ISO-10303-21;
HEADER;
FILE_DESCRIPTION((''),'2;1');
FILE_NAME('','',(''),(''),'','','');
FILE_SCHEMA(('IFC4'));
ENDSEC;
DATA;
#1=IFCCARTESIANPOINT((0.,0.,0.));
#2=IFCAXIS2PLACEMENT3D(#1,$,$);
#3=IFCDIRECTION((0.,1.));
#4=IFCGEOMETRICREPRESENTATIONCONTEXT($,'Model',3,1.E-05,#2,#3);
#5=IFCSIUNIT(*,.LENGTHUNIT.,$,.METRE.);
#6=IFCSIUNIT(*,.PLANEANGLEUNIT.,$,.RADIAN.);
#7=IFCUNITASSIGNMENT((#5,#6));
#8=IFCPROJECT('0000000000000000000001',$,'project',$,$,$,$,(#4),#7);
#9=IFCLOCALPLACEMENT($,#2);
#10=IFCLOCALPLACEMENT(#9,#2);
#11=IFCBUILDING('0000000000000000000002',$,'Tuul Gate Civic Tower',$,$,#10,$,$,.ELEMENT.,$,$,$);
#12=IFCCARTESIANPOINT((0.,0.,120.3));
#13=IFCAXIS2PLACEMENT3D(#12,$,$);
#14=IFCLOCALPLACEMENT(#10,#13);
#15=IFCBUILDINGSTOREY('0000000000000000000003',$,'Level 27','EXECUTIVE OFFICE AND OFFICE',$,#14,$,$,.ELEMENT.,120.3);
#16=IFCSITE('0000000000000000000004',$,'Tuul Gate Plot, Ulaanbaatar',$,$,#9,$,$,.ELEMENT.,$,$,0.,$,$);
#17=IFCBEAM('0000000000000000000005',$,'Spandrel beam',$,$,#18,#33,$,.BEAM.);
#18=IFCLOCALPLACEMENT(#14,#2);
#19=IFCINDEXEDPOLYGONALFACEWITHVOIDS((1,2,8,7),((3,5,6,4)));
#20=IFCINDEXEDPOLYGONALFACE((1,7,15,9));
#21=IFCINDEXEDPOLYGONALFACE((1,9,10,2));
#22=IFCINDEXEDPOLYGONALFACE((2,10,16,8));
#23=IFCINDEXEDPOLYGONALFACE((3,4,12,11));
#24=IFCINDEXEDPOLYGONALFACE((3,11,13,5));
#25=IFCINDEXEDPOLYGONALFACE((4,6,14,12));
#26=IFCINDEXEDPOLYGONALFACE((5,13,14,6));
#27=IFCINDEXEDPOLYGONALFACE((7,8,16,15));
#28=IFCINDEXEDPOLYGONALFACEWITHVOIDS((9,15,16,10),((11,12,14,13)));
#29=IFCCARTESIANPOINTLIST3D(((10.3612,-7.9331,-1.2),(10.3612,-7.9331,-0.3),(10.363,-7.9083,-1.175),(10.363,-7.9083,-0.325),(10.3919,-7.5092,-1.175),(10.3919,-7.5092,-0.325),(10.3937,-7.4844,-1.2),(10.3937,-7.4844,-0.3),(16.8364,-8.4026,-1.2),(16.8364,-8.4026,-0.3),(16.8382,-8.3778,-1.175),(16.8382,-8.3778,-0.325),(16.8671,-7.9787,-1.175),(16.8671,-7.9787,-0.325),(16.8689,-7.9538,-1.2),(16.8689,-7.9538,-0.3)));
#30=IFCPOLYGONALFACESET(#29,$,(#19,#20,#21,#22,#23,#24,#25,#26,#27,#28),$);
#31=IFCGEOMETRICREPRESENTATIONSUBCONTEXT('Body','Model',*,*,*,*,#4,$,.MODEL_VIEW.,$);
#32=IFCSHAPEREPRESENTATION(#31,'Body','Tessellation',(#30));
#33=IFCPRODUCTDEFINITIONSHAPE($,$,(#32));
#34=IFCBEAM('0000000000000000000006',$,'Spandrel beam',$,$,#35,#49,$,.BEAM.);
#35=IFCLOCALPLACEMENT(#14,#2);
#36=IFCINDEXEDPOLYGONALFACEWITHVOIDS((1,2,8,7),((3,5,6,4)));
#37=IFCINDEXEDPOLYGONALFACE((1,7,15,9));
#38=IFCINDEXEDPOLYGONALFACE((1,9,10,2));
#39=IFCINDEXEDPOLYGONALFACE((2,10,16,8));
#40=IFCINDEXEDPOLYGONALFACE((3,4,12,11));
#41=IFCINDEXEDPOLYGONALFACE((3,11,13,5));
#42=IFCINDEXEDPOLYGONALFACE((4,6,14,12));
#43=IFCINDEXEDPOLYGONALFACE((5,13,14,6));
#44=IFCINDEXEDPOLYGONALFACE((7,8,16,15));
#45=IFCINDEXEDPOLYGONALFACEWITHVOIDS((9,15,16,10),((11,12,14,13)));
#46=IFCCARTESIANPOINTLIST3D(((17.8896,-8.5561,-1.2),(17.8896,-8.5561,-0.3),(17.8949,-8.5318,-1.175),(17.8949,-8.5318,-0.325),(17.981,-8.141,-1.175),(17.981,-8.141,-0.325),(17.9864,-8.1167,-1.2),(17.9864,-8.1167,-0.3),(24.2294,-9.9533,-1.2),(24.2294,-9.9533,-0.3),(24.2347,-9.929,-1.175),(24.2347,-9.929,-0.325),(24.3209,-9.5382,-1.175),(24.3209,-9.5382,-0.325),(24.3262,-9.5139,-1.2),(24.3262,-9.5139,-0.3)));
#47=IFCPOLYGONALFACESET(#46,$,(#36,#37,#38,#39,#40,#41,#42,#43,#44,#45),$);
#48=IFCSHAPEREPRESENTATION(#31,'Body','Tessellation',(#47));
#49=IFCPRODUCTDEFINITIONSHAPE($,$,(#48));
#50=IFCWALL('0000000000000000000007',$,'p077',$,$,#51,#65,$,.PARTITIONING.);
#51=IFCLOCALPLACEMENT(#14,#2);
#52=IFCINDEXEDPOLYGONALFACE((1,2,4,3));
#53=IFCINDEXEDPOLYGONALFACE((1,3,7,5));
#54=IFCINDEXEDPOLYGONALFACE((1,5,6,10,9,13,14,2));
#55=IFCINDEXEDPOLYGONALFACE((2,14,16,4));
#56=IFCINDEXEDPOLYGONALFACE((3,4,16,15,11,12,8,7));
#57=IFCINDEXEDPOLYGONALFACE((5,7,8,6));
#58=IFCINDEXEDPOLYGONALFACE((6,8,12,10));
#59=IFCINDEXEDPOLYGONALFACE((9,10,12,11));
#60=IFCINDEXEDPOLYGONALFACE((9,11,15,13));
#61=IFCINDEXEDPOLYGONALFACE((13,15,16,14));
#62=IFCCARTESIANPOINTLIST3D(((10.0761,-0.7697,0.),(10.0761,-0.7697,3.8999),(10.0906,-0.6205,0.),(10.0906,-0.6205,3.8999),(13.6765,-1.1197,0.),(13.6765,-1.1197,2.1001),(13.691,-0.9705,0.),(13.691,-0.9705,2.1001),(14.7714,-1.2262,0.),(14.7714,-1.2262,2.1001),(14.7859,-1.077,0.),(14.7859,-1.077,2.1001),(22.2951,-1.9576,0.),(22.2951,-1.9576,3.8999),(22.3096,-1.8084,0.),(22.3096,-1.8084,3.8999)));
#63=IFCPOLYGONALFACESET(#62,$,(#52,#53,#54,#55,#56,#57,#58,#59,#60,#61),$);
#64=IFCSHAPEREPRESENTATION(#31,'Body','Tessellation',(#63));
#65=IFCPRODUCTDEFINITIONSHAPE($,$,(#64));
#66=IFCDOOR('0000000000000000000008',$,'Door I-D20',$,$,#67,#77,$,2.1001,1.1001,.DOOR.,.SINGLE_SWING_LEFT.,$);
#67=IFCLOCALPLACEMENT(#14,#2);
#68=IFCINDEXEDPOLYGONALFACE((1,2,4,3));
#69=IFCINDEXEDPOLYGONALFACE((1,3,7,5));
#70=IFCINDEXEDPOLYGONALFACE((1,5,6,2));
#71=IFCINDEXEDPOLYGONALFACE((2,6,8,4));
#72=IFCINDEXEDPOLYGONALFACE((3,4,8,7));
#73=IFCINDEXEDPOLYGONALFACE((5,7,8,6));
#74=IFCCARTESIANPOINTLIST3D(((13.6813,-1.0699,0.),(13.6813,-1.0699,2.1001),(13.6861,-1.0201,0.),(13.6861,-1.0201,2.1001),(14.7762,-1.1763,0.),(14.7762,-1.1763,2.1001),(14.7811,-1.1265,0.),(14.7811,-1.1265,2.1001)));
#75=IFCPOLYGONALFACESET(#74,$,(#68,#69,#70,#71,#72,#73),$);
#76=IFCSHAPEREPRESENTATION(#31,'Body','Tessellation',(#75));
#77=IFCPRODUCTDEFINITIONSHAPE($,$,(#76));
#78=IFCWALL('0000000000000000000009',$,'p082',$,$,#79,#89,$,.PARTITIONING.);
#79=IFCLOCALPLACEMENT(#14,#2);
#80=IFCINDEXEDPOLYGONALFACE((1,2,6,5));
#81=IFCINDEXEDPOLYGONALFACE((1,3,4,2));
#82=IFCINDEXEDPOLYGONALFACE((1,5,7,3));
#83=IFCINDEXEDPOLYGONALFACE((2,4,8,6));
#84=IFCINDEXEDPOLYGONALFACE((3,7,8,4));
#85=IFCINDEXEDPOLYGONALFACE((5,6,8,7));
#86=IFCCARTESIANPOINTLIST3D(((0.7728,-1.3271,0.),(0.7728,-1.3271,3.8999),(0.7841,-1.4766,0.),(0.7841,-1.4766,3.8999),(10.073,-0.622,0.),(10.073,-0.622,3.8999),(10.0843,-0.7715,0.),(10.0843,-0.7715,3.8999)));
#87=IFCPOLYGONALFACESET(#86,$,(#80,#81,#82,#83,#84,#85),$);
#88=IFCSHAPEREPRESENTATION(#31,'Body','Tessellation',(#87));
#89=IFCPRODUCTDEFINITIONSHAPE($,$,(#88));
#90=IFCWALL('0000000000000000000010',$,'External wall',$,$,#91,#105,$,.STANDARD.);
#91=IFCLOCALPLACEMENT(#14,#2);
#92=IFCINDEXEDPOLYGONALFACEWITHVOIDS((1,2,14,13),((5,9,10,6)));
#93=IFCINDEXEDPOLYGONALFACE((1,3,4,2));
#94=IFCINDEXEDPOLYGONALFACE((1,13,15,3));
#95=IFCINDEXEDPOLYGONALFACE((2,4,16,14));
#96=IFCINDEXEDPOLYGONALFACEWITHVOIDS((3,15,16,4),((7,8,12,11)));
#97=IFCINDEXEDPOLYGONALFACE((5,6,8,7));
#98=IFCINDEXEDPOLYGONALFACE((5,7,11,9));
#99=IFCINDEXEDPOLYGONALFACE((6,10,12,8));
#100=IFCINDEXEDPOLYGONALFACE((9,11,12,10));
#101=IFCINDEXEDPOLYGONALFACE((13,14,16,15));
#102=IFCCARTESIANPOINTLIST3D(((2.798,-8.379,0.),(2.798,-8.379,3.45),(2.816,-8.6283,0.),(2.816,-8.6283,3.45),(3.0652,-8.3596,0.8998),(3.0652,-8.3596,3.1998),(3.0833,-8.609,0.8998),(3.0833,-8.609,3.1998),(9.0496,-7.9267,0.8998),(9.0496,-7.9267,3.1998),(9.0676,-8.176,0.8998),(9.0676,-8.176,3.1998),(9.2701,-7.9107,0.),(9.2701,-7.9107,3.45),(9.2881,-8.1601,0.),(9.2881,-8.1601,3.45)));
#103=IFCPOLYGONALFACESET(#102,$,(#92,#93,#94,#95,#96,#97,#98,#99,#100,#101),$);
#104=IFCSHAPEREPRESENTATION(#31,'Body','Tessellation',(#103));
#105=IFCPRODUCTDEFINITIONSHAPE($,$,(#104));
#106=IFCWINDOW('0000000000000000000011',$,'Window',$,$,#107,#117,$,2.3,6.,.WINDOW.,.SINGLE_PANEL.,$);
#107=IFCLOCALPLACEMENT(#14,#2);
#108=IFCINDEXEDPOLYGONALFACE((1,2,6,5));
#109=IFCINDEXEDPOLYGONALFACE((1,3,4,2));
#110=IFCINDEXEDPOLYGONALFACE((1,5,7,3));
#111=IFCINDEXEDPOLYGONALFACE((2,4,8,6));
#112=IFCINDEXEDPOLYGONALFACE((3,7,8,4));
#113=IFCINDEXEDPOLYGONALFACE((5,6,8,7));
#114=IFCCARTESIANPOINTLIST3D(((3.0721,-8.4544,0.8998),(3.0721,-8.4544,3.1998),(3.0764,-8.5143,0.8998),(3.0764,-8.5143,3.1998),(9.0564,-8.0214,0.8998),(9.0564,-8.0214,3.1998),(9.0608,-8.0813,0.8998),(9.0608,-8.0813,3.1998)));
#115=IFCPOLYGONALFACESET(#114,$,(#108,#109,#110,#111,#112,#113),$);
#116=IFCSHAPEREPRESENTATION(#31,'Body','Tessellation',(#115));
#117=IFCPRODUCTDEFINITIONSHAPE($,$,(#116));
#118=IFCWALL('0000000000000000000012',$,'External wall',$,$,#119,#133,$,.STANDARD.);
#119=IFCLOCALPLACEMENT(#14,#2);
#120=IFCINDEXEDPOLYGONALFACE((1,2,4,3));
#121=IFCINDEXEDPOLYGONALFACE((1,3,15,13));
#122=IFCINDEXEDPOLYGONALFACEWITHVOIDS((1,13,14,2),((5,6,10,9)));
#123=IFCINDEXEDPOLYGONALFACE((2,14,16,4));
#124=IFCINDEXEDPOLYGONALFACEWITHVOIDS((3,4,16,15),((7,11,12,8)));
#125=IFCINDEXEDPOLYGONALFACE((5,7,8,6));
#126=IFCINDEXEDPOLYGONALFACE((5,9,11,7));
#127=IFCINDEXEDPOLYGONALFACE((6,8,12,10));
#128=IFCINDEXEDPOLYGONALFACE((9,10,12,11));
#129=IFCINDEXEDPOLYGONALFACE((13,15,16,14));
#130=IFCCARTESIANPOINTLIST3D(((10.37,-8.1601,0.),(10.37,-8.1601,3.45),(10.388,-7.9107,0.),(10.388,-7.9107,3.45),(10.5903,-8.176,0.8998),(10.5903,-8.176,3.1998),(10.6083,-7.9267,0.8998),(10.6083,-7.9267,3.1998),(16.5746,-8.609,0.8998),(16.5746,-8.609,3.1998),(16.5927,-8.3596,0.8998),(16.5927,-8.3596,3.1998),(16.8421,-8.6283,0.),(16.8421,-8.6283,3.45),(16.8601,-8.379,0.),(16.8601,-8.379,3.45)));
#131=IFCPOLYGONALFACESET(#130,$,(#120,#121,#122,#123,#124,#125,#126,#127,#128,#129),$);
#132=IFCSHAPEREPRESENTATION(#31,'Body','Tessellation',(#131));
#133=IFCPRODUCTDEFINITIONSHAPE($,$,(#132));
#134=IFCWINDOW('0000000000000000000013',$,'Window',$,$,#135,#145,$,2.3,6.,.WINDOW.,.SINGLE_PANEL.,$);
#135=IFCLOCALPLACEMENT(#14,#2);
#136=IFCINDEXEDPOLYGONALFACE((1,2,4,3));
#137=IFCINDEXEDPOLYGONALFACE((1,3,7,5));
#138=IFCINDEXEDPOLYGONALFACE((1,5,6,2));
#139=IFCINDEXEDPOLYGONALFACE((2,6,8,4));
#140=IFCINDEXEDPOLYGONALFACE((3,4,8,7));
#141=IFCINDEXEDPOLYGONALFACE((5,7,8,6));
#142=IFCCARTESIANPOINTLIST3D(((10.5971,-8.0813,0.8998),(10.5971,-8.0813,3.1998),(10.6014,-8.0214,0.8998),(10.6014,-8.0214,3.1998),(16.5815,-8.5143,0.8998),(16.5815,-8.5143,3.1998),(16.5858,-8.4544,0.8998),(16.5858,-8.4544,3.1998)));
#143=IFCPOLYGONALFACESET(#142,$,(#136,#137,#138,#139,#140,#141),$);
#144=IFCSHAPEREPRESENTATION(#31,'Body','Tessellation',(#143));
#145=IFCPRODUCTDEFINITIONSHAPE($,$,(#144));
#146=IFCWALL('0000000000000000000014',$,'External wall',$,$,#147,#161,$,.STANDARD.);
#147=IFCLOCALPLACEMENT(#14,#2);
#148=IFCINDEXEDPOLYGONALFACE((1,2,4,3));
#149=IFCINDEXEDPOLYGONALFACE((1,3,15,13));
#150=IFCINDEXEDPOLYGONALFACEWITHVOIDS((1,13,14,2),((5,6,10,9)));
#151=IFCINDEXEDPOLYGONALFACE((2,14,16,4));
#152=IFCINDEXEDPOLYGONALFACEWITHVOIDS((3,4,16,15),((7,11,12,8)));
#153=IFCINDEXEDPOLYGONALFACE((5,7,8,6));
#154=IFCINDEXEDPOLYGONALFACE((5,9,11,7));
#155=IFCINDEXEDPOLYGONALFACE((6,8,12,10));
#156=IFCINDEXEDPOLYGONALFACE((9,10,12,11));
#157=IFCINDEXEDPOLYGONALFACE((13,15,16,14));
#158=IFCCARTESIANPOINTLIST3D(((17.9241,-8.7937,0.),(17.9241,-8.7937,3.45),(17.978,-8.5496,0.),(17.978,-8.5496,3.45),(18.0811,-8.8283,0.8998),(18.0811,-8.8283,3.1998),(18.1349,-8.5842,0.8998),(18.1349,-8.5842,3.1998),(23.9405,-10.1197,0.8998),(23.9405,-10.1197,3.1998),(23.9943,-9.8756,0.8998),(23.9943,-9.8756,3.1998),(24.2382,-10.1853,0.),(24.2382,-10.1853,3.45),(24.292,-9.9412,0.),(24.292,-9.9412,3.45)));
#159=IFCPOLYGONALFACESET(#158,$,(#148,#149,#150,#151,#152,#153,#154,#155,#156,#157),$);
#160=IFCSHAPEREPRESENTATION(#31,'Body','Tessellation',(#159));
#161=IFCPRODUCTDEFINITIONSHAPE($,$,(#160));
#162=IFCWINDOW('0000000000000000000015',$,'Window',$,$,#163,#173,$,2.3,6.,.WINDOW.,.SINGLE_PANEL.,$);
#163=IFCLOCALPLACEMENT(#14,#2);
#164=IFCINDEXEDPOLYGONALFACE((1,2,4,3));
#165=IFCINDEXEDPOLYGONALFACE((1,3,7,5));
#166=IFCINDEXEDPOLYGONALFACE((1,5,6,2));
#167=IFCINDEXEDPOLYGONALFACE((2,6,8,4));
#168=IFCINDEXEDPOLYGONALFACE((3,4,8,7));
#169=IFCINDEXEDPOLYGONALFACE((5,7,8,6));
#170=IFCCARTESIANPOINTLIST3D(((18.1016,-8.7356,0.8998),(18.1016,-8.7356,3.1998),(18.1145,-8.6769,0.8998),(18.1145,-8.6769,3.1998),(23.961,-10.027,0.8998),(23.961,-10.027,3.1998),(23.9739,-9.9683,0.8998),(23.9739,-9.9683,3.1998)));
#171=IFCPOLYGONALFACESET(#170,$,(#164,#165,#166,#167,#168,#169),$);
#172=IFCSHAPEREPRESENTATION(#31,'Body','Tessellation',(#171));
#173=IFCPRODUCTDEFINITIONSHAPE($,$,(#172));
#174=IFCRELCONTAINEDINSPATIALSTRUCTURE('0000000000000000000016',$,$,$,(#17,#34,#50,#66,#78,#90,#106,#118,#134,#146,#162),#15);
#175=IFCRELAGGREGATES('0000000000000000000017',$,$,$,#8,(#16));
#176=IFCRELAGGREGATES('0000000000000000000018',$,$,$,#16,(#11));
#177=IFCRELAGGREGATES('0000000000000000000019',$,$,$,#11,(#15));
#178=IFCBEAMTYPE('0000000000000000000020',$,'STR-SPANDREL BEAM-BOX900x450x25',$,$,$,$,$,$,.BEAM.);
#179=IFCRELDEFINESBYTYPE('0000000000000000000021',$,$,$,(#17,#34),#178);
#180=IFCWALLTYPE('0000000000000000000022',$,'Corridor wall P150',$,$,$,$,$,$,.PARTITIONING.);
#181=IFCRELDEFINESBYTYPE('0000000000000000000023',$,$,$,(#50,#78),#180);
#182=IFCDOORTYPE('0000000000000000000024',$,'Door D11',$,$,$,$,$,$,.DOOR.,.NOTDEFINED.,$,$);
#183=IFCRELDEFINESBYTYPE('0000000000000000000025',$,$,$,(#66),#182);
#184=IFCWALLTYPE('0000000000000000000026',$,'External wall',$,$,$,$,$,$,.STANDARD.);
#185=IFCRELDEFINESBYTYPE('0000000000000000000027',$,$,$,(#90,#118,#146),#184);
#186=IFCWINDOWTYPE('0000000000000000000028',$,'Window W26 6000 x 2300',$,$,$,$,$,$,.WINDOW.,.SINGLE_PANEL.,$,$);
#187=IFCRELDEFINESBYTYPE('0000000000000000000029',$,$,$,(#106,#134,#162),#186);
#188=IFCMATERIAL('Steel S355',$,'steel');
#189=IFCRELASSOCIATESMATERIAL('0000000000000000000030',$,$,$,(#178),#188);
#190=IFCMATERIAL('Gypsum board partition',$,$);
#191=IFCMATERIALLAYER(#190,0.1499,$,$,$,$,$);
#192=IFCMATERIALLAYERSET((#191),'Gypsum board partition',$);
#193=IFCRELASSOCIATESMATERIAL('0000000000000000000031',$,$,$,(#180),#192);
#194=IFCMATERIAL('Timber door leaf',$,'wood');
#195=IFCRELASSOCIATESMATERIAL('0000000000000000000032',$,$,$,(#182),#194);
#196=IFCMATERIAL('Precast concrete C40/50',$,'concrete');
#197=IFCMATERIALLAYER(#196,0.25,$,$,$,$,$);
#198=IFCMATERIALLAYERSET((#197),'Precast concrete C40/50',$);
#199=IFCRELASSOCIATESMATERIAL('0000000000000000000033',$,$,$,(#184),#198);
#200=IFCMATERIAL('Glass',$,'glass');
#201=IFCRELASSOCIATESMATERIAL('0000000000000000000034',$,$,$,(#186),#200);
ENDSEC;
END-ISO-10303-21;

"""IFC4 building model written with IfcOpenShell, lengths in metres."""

from ifc_helpers import new_model, si_unit, direction, frame, frame_2d, origin, origin_2d, place, context, subcontext, project, spatial, rectangle, hollow_rectangle, extrude, material, layer, layer_set, material_profile, profile_set, type_object, element, fill, save


model = new_model("IFC4")

# Units and contexts
model_context = context("Model", 3, precision=1e-05, world=origin(), true_north=direction((0.0, 1.0)))
body_context = subcontext(model_context, "Body", "Model", "MODEL_VIEW")
ifc_project = project(units=[si_unit("LENGTHUNIT", "METRE"), si_unit("PLANEANGLEUNIT", "RADIAN")], contexts=[model_context])

# Site, building, storey
site_placement = place(None, origin())
site = spatial("IfcSite", under=ifc_project, at=site_placement, Name="Tuul Gate Plot, Ulaanbaatar", CompositionType="ELEMENT", RefElevation=0.0)
building_placement = place(site_placement, origin())
building = spatial("IfcBuilding", under=site, at=building_placement, Name="Tuul Gate Civic Tower", CompositionType="ELEMENT")
storey_placement = place(building_placement, frame((0.0, 0.0, 120.3)))
storey = spatial("IfcBuildingStorey", under=building, at=storey_placement, Name="Level 27", Description="EXECUTIVE OFFICE AND OFFICE", CompositionType="ELEMENT", Elevation=120.3)

# Beams
ifc_material_1 = material(Name="Steel S355", Category="steel")
ifc_material_profile_1 = material_profile(ifc_material_1, hollow_rectangle(XDim=0.45, YDim=0.8999, WallThickness=0.0249, at=origin_2d()), Name="BOX900x450x25")
ifc_profile_set_1 = profile_set([ifc_material_profile_1], Name="Steel S355")
beam_type_1 = type_object("IfcBeamType", Name="STR-SPANDREL BEAM-BOX900x450x25", PredefinedType="BEAM", material=ifc_profile_set_1)
beam_1_placement = place(storey_placement, frame((10.3774, -7.7087, -0.75), z_axis=(0.997382, -0.072316, 0.0), x_axis=(0.072316, 0.997382, 0.0)))
element("IfcBeam", 1, at=beam_1_placement, inside=storey, type_object=beam_type_1, Name="Spandrel beam", PredefinedType="BEAM", context=body_context, shape_type="SweptSolid", body=[
    extrude(hollow_rectangle(XDim=0.45, YDim=0.8999, WallThickness=0.0249, at=origin_2d()), origin(), (0.0, 0.0, 1.0), 6.4922),
])
beam_2_placement = place(storey_placement, frame((17.938, -8.3364, -0.75), z_axis=(0.976565, -0.215222, 0.0), x_axis=(0.215222, 0.976565, 0.0)))
element("IfcBeam", 2, at=beam_2_placement, inside=storey, type_object=beam_type_1, Name="Spandrel beam", PredefinedType="BEAM", context=body_context, shape_type="SweptSolid", body=[
    extrude(hollow_rectangle(XDim=0.45, YDim=0.8999, WallThickness=0.0249, at=origin_2d()), origin(), (0.0, 0.0, 1.0), 6.4919),
])

# Wall, opening, door
ifc_material_2 = material(Name="Gypsum board partition")
ifc_layer_1 = layer(ifc_material_2, 0.1499)
ifc_layer_set_1 = layer_set([ifc_layer_1], Name="Gypsum board partition")
wall_type_1 = type_object("IfcWallType", Name="Corridor wall P150", PredefinedType="PARTITIONING", material=ifc_layer_set_1)
wall_1_placement = place(storey_placement, frame((10.0835, -0.6951, 0.0), z_axis=(0.0, 0.0, 1.0), x_axis=(0.995307, -0.096768, 0.0)))
wall_1 = element("IfcWall", 3, at=wall_1_placement, inside=storey, type_object=wall_type_1, Name="p077", PredefinedType="PARTITIONING", context=body_context, shape_type="SweptSolid", body=[
    extrude(rectangle(XDim=12.2766, YDim=0.1499, at=frame_2d((6.1382, 0.0))), origin(), (0.0, 0.0, 1.0), 3.8999),
])
opening_1_placement = place(wall_1_placement, frame((3.6172, 0.0, 0.0)))
opening_1 = element("IfcOpeningElement", 4, at=opening_1_placement, cuts=wall_1, PredefinedType="OPENING", context=body_context, shape_type="SweptSolid", body=[
    extrude(rectangle(XDim=1.1001, YDim=2.1001, at=frame_2d((0.55, 1.05))), frame((0.0, 0.085, 0.0), z_axis=(0.0, -1.0, 0.0), x_axis=(1.0, 0.0, 0.0)), (0.0, 0.0, 1.0), 0.1699),
])
ifc_material_3 = material(Name="Timber door leaf", Category="wood")
door_type = type_object("IfcDoorType", Name="Door D11", OperationType="NOTDEFINED", PredefinedType="DOOR", material=ifc_material_3)
door_placement = place(opening_1_placement, frame((1.1001, 0.0, 0.0), z_axis=(0.0, 0.0, 1.0), x_axis=(-1.0, 0.0, 0.0)))
door = element("IfcDoor", 5, at=door_placement, inside=storey, type_object=door_type, Name="Door I-D20", OperationType="SINGLE_SWING_LEFT", OverallHeight=2.1001, OverallWidth=1.1001, PredefinedType="DOOR", context=body_context, shape_type="SweptSolid", body=[
    extrude(rectangle(XDim=1.1001, YDim=2.1001, at=frame_2d((0.55, 1.05))), frame((0.0, 0.0249, 0.0), z_axis=(0.0, -1.0, 0.0), x_axis=(1.0, 0.0, 0.0)), (0.0, 0.0, 1.0), 0.05),
])
fill(opening_1, door)

# Wall
wall_2_placement = place(storey_placement, frame((0.7783, -1.4019, 0.0), z_axis=(0.0, 0.0, 1.0), x_axis=(0.997139, 0.075596, 0.0)))
element("IfcWall", 6, at=wall_2_placement, inside=storey, type_object=wall_type_1, Name="p082", PredefinedType="PARTITIONING", context=body_context, shape_type="SweptSolid", body=[
    extrude(rectangle(XDim=9.3269, YDim=0.1499, at=frame_2d((4.6636, 0.0))), origin(), (0.0, 0.0, 1.0), 3.8999),
])

# Walls, openings, windows
ifc_material_4 = material(Name="Precast concrete C40/50", Category="concrete")
ifc_layer_2 = layer(ifc_material_4, 0.25)
ifc_layer_set_2 = layer_set([ifc_layer_2], Name="Precast concrete C40/50")
wall_type_2 = type_object("IfcWallType", Name="External wall", PredefinedType="STANDARD", material=ifc_layer_set_2)
wall_3_placement = place(storey_placement, frame((2.8069, -8.5037, 0.0), z_axis=(0.0, 0.0, 1.0), x_axis=(0.997393, 0.072161, 0.0)))
wall_3 = element("IfcWall", 7, at=wall_3_placement, inside=storey, type_object=wall_type_2, Name="External wall", PredefinedType="STANDARD", context=body_context, shape_type="SweptSolid", body=[
    extrude(rectangle(XDim=6.489, YDim=0.25, at=frame_2d((3.2446, 0.0))), origin(), (0.0, 0.0, 1.0), 3.45),
])
opening_2_placement = place(wall_3_placement, frame((0.2681, 0.0, 0.8999)))
opening_2 = element("IfcOpeningElement", 8, at=opening_2_placement, cuts=wall_3, PredefinedType="OPENING", context=body_context, shape_type="SweptSolid", body=[
    extrude(rectangle(XDim=6.0, YDim=2.3, at=frame_2d((3.0, 1.1499))), frame((0.0, 0.135, 0.0), z_axis=(0.0, -1.0, 0.0), x_axis=(1.0, 0.0, 0.0)), (0.0, 0.0, 1.0), 0.27),
])
ifc_material_5 = material(Name="Glass", Category="glass")
window_type = type_object("IfcWindowType", Name="Window W26 6000 x 2300", PartitioningType="SINGLE_PANEL", PredefinedType="WINDOW", material=ifc_material_5)
window_1_placement = place(opening_2_placement, origin())
window_1 = element("IfcWindow", 9, at=window_1_placement, inside=storey, type_object=window_type, Name="Window", OverallHeight=2.3, OverallWidth=6.0, PartitioningType="SINGLE_PANEL", PredefinedType="WINDOW", context=body_context, shape_type="SweptSolid", body=[
    extrude(rectangle(XDim=6.0, YDim=2.3, at=frame_2d((3.0, 1.1499))), frame((0.0, 0.03, 0.0), z_axis=(0.0, -1.0, 0.0), x_axis=(1.0, 0.0, 0.0)), (0.0, 0.0, 1.0), 0.0601),
])
fill(opening_2, window_1)
wall_4_placement = place(storey_placement, frame((10.3789, -8.0354, 0.0), z_axis=(0.0, 0.0, 1.0), x_axis=(0.997393, -0.072161, 0.0)))
wall_4 = element("IfcWall", 10, at=wall_4_placement, inside=storey, type_object=wall_type_2, Name="External wall", PredefinedType="STANDARD", context=body_context, shape_type="SweptSolid", body=[
    extrude(rectangle(XDim=6.489, YDim=0.25, at=frame_2d((3.2446, 0.0))), origin(), (0.0, 0.0, 1.0), 3.45),
])
opening_3_placement = place(wall_4_placement, frame((0.2209, 0.0, 0.8999)))
opening_3 = element("IfcOpeningElement", 11, at=opening_3_placement, cuts=wall_4, PredefinedType="OPENING", context=body_context, shape_type="SweptSolid", body=[
    extrude(rectangle(XDim=6.0, YDim=2.3, at=frame_2d((3.0, 1.1499))), frame((0.0, 0.135, 0.0), z_axis=(0.0, -1.0, 0.0), x_axis=(1.0, 0.0, 0.0)), (0.0, 0.0, 1.0), 0.27),
])
window_2_placement = place(opening_3_placement, origin())
window_2 = element("IfcWindow", 12, at=window_2_placement, inside=storey, type_object=window_type, Name="Window", OverallHeight=2.3, OverallWidth=6.0, PartitioningType="SINGLE_PANEL", PredefinedType="WINDOW", context=body_context, shape_type="SweptSolid", body=[
    extrude(rectangle(XDim=6.0, YDim=2.3, at=frame_2d((3.0, 1.1499))), frame((0.0, 0.03, 0.0), z_axis=(0.0, -1.0, 0.0), x_axis=(1.0, 0.0, 0.0)), (0.0, 0.0, 1.0), 0.0601),
])
fill(opening_3, window_2)
wall_5_placement = place(storey_placement, frame((17.9509, -8.6716, 0.0), z_axis=(0.0, 0.0, 1.0), x_axis=(0.976562, -0.215235, 0.0)))
wall_5 = element("IfcWall", 13, at=wall_5_placement, inside=storey, type_object=wall_type_2, Name="External wall", PredefinedType="STANDARD", context=body_context, shape_type="SweptSolid", body=[
    extrude(rectangle(XDim=6.4656, YDim=0.25, at=frame_2d((3.2329, 0.0))), origin(), (0.0, 0.0, 1.0), 3.45),
])
opening_4_placement = place(wall_5_placement, frame((0.1609, 0.0, 0.8999)))
opening_4 = element("IfcOpeningElement", 14, at=opening_4_placement, cuts=wall_5, PredefinedType="OPENING", context=body_context, shape_type="SweptSolid", body=[
    extrude(rectangle(XDim=6.0, YDim=2.3, at=frame_2d((3.0, 1.1499))), frame((0.0, 0.135, 0.0), z_axis=(0.0, -1.0, 0.0), x_axis=(1.0, 0.0, 0.0)), (0.0, 0.0, 1.0), 0.27),
])
window_3_placement = place(opening_4_placement, origin())
window_3 = element("IfcWindow", 15, at=window_3_placement, inside=storey, type_object=window_type, Name="Window", OverallHeight=2.3, OverallWidth=6.0, PartitioningType="SINGLE_PANEL", PredefinedType="WINDOW", context=body_context, shape_type="SweptSolid", body=[
    extrude(rectangle(XDim=6.0, YDim=2.3, at=frame_2d((3.0, 1.1499))), frame((0.0, 0.03, 0.0), z_axis=(0.0, -1.0, 0.0), x_axis=(1.0, 0.0, 0.0)), (0.0, 0.0, 1.0), 0.0601),
])
fill(opening_4, window_3)

save(model, "model.ifc")
